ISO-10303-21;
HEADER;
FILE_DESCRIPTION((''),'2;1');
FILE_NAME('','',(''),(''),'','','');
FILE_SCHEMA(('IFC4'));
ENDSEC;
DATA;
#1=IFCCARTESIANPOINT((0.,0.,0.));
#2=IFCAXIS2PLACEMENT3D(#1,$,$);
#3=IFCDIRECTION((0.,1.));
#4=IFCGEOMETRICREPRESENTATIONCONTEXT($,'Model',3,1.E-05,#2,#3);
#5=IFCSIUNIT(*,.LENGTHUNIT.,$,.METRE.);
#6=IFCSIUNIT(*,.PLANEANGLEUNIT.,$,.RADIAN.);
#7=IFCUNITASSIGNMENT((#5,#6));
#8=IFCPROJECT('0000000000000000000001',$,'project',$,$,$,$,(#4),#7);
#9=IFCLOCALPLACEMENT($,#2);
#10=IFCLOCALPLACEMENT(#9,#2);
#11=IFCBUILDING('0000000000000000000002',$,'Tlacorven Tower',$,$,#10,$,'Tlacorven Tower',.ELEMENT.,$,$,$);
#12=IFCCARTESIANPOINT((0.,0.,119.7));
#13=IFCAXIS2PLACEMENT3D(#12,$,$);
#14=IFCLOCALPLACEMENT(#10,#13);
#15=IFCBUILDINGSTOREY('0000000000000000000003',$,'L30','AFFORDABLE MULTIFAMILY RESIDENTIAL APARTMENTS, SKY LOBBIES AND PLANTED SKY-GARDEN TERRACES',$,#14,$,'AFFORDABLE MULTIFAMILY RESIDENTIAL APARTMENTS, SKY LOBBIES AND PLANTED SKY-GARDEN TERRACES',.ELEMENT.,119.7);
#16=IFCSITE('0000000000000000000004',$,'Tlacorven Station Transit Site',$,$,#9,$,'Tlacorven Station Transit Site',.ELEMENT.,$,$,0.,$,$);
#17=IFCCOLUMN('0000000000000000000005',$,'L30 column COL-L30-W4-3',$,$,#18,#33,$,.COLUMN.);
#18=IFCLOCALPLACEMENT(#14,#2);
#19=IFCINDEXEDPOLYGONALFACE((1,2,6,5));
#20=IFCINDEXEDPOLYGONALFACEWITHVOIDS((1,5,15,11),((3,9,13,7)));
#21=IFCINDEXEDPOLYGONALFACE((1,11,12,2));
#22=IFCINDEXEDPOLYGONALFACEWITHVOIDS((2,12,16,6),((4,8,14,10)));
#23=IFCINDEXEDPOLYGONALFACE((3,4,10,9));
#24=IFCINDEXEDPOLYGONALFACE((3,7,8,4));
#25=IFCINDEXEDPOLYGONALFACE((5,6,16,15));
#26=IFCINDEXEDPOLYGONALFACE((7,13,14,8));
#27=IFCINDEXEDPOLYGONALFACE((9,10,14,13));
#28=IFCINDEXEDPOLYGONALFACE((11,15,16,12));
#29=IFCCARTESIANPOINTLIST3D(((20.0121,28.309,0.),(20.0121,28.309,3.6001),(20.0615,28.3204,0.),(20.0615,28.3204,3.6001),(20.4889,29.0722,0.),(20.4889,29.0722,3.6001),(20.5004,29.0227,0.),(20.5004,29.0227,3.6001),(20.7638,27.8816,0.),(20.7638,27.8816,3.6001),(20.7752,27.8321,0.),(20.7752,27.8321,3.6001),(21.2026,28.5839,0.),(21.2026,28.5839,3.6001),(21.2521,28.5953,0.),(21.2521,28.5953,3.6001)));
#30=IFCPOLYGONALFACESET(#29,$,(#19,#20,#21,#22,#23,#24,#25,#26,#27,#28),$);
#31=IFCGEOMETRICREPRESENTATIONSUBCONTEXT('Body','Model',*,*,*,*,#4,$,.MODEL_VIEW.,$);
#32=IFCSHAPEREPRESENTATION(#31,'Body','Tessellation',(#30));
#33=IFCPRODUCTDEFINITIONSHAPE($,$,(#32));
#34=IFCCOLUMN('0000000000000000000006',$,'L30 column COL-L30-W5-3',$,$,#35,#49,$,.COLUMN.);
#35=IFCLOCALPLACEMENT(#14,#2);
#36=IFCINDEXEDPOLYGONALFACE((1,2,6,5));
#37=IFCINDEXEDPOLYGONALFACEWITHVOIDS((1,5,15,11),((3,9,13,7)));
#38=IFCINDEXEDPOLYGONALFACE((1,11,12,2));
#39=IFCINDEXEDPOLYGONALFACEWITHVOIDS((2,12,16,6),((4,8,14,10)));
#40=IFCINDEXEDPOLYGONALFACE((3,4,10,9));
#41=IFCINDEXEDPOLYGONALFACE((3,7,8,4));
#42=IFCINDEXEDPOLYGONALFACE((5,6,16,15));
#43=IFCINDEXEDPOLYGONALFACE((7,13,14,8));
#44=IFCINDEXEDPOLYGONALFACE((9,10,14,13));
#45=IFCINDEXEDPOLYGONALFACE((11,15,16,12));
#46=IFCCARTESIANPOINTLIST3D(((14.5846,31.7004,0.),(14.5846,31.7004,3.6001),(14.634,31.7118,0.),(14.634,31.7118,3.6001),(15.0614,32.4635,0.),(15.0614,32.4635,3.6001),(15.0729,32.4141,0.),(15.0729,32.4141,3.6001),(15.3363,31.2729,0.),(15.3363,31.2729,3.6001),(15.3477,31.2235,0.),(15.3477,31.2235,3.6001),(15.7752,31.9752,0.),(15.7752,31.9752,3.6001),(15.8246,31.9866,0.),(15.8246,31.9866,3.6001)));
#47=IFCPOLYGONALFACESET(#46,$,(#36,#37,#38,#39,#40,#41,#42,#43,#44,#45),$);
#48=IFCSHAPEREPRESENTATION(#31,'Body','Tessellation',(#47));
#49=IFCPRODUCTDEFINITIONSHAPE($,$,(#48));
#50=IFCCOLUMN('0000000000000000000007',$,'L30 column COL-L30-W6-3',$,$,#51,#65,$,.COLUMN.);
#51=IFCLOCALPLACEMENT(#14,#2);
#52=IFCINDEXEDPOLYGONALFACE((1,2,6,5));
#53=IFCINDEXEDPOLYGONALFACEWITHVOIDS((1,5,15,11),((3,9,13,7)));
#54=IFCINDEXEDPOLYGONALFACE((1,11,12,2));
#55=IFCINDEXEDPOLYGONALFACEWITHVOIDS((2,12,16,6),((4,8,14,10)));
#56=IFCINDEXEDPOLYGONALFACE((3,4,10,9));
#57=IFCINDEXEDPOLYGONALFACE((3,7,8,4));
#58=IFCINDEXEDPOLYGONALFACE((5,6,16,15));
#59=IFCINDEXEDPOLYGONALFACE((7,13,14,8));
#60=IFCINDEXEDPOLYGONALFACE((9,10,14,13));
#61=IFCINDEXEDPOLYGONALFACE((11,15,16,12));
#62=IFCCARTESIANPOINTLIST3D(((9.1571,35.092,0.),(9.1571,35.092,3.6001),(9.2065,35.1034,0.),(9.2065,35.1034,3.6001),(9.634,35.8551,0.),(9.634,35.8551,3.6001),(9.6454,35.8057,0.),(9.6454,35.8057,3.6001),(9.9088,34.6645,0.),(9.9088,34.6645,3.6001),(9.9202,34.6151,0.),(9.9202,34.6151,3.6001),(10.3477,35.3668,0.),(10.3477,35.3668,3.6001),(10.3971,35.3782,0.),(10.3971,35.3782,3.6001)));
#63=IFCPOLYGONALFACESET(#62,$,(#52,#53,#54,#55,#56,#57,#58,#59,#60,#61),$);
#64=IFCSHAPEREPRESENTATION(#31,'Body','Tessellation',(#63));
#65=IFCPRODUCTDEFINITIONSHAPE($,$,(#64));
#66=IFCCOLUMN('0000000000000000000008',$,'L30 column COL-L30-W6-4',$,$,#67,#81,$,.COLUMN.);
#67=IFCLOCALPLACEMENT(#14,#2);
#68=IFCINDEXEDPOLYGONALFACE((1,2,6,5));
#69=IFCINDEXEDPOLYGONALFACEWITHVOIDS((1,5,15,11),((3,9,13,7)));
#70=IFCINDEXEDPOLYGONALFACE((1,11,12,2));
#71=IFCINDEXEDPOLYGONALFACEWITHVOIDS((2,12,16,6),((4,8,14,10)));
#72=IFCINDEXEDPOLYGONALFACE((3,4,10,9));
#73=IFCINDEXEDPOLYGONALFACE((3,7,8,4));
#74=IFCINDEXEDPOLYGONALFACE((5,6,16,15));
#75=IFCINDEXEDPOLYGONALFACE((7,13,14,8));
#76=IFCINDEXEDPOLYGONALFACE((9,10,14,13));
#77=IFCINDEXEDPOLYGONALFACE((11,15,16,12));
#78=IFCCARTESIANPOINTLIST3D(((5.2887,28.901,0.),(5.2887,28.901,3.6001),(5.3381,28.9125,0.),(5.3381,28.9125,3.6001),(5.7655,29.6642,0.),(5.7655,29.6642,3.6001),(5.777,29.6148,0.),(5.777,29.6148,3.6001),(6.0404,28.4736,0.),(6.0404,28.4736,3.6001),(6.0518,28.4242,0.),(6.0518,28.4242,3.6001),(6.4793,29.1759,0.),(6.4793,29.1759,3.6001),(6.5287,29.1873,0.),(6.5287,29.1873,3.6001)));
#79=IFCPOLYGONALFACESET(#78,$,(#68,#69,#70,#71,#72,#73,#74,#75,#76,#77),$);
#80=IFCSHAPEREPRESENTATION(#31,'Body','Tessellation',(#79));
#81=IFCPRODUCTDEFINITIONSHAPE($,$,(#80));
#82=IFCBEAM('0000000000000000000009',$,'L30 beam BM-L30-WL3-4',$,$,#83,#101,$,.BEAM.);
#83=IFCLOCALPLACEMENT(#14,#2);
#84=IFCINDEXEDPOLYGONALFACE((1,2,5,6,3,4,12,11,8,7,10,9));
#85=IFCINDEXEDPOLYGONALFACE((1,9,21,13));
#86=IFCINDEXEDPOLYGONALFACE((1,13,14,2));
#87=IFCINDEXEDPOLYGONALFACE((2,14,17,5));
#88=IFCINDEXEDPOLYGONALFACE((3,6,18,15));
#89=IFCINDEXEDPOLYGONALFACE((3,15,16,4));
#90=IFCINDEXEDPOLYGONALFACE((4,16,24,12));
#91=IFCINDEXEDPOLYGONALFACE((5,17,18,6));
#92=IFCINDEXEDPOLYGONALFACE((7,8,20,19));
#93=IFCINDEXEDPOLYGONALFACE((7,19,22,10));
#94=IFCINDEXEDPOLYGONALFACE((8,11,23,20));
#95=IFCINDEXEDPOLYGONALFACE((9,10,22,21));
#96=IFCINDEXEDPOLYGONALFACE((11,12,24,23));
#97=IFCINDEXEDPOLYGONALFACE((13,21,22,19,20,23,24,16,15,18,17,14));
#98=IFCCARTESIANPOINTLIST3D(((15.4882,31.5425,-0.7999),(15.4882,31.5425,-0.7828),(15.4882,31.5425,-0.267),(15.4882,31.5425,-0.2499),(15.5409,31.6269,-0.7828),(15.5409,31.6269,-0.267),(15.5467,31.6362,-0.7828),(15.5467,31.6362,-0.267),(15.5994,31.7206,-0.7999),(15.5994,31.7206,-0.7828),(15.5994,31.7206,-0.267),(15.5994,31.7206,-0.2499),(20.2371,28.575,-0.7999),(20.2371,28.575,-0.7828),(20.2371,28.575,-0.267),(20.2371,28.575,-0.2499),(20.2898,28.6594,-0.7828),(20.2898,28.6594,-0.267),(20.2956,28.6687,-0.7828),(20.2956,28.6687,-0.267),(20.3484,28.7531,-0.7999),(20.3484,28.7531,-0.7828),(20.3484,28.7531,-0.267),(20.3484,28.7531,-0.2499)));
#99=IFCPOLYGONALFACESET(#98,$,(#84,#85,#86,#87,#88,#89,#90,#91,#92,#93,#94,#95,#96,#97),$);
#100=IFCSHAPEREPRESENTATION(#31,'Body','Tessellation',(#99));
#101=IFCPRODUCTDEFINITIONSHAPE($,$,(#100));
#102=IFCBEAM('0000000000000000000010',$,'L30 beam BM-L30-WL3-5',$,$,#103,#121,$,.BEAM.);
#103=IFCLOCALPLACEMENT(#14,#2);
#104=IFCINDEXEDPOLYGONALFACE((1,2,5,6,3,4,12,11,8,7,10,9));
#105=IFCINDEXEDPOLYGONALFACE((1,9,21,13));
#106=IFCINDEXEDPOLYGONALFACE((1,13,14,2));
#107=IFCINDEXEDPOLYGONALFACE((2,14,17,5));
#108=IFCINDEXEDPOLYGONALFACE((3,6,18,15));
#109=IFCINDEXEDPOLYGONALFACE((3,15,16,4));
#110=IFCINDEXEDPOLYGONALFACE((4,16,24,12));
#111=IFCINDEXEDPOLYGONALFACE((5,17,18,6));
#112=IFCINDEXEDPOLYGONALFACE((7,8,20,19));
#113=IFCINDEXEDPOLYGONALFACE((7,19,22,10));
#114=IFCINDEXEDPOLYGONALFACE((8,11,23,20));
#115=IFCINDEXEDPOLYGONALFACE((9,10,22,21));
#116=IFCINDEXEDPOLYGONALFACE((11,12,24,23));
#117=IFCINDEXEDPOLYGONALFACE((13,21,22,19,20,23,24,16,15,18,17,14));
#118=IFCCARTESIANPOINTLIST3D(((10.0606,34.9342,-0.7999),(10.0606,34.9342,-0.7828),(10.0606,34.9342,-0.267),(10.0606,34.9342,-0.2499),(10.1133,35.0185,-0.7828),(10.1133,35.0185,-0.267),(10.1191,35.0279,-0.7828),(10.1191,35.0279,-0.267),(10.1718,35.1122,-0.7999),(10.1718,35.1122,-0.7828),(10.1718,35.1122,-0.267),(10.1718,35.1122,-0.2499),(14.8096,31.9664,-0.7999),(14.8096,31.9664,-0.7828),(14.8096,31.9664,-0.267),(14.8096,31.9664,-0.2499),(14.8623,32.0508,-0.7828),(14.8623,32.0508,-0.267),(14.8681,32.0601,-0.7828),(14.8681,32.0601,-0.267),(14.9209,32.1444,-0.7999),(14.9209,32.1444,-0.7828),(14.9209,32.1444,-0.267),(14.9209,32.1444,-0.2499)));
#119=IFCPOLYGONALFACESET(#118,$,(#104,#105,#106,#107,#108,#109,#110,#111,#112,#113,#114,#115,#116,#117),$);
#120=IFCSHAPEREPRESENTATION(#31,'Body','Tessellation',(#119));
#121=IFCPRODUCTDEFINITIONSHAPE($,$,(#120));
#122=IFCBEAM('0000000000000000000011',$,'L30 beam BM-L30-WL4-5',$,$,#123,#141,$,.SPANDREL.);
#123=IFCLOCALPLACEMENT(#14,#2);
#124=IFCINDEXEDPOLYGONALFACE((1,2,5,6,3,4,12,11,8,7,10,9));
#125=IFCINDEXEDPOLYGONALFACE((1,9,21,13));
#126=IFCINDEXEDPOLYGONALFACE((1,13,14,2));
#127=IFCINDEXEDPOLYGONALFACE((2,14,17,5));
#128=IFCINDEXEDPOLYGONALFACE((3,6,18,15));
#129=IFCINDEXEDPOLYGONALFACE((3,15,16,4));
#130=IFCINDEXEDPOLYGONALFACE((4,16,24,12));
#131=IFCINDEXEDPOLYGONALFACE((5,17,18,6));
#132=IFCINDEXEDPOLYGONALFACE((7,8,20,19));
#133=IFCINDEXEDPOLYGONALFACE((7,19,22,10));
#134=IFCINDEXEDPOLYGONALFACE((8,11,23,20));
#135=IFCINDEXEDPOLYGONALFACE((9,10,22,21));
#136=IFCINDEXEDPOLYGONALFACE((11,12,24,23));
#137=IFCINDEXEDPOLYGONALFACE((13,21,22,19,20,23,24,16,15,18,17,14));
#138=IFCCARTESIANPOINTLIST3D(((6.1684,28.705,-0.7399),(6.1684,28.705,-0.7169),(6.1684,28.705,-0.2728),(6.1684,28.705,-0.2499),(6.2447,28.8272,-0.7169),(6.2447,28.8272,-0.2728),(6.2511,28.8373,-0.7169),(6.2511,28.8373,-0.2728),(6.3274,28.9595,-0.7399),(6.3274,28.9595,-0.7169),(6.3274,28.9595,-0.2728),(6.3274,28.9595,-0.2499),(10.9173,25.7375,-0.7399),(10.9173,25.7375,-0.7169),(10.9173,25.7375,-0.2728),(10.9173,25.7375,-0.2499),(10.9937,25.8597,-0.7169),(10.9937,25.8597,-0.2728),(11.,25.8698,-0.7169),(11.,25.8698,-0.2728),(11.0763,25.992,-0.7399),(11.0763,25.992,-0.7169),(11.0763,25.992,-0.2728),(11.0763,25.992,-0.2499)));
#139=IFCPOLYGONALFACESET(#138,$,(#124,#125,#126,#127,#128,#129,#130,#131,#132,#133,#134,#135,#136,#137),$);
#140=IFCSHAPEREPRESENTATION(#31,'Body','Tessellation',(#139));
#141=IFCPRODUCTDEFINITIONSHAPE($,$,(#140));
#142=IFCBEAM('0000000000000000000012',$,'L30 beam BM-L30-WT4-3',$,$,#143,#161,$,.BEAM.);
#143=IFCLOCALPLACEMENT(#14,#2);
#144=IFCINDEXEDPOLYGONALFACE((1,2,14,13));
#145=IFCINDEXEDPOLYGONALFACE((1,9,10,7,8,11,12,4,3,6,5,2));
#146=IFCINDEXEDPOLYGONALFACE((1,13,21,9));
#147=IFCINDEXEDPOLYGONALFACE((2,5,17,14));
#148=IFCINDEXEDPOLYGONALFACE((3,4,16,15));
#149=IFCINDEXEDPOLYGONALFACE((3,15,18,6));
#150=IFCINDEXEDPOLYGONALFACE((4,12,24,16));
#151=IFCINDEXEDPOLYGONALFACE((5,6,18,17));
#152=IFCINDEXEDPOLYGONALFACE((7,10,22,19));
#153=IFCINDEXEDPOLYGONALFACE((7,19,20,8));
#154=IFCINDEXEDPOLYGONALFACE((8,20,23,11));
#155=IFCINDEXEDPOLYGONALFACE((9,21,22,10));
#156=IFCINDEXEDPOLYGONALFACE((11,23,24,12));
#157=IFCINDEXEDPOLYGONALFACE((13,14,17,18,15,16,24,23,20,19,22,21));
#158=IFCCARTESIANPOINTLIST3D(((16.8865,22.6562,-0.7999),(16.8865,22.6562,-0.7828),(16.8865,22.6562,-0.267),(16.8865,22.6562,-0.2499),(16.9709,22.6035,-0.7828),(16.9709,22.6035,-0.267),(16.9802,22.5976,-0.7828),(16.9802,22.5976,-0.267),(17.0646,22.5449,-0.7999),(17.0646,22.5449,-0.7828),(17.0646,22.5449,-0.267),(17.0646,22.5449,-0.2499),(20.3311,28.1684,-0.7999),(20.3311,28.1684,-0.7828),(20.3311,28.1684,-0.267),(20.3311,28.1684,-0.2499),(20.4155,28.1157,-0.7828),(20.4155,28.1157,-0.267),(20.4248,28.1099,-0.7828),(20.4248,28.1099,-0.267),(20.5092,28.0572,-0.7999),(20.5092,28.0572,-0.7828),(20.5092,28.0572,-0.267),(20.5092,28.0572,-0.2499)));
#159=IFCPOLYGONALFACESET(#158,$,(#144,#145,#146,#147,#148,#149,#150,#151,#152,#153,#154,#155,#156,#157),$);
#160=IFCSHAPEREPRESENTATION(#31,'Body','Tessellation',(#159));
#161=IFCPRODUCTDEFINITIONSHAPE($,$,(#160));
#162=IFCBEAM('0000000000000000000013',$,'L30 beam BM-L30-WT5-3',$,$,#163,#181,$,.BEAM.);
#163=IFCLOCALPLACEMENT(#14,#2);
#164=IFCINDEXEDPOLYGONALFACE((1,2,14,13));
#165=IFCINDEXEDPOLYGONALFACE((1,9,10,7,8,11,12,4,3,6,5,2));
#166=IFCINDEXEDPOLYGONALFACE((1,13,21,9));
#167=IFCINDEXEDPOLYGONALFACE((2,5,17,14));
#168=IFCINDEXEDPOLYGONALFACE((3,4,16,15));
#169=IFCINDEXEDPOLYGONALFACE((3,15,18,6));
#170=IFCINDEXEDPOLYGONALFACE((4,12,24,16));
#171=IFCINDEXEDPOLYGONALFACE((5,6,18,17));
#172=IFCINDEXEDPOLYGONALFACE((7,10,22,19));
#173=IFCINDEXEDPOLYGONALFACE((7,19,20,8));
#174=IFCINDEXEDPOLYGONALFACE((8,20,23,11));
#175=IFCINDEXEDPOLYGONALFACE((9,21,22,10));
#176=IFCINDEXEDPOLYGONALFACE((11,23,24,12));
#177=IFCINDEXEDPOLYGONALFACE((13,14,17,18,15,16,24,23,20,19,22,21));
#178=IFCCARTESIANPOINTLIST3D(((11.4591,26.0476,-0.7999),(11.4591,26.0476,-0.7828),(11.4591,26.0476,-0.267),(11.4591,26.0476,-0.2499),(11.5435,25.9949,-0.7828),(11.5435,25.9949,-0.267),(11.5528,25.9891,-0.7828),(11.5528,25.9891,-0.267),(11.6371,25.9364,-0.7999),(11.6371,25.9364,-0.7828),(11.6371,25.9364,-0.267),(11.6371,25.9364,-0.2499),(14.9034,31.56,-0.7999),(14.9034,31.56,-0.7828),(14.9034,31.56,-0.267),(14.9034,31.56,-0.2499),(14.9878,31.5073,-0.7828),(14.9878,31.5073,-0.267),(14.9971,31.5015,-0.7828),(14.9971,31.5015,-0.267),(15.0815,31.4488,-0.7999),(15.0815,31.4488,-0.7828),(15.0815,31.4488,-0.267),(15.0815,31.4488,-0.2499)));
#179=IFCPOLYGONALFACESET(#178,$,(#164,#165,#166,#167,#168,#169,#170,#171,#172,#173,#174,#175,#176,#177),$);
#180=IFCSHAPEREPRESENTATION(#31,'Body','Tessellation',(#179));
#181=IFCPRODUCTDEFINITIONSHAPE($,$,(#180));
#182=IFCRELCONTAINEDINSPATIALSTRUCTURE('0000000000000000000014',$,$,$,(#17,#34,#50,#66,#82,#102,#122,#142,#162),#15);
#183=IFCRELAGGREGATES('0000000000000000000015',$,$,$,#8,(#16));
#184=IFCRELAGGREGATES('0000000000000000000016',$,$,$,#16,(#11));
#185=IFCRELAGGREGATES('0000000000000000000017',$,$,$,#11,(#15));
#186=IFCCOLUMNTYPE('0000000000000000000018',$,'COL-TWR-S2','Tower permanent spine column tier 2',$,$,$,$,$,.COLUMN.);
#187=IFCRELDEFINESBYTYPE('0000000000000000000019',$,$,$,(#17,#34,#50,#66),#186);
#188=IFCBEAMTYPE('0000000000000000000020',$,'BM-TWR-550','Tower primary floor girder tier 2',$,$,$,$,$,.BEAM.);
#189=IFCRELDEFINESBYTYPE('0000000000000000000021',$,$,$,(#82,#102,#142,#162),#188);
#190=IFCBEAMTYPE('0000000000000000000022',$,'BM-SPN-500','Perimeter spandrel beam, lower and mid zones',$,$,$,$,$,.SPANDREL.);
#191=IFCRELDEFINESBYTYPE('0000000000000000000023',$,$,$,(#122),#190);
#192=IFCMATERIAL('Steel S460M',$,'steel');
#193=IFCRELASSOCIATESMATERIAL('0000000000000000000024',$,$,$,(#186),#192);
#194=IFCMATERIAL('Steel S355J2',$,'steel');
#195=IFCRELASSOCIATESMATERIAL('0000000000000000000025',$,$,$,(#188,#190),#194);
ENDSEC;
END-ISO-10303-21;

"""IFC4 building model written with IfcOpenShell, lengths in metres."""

from ifc_helpers import new_model, si_unit, direction, frame, origin, origin_2d, place, context, subcontext, project, spatial, hollow_rectangle, i_section, extrude, source, transform, mapped, material, material_profile, profile_set, type_object, element, save


model = new_model("IFC4")

# Units and contexts
model_context = context("Model", 3, precision=1e-05, world=origin(), true_north=direction((0.0, 1.0)))
body_context = subcontext(model_context, "Body", "Model", "MODEL_VIEW")
ifc_project = project(units=[si_unit("LENGTHUNIT", "METRE"), si_unit("PLANEANGLEUNIT", "RADIAN")], contexts=[model_context])

# Site, building, storey
site_placement = place(None, origin())
site = spatial("IfcSite", under=ifc_project, at=site_placement, Name="Tlacorven Station Transit Site", LongName="Tlacorven Station Transit Site", CompositionType="ELEMENT", RefElevation=0.0)
building_placement = place(site_placement, origin())
building = spatial("IfcBuilding", under=site, at=building_placement, Name="Tlacorven Tower", LongName="Tlacorven Tower", CompositionType="ELEMENT")
storey_placement = place(building_placement, frame((0.0, 0.0, 119.7)))
storey = spatial("IfcBuildingStorey", under=building, at=storey_placement, Name="L30", Description="AFFORDABLE MULTIFAMILY RESIDENTIAL APARTMENTS, SKY LOBBIES AND PLANTED SKY-GARDEN TERRACES", LongName="AFFORDABLE MULTIFAMILY RESIDENTIAL APARTMENTS, SKY LOBBIES AND PLANTED SKY-GARDEN TERRACES", CompositionType="ELEMENT", Elevation=119.7)

# Columns
ifc_material_1 = material(Name="Steel S460M", Category="steel")
ifc_material_profile_1 = material_profile(ifc_material_1, hollow_rectangle(XDim=0.8999, YDim=0.8999, WallThickness=0.0359, at=origin_2d()), Name="BOX 900X900X36")
ifc_profile_set_1 = profile_set([ifc_material_profile_1], Name="Steel S460M")
column_type = type_object("IfcColumnType", Name="COL-TWR-S2", Description="Tower permanent spine column tier 2", PredefinedType="COLUMN", material=ifc_profile_set_1)
shared_shape_1 = source(origin(), body_context, "Body", "SweptSolid", [
    extrude(hollow_rectangle(XDim=0.8999, YDim=0.8999, WallThickness=0.0359, at=origin_2d()), origin(), (0.0, 0.0, 1.0), 3.6001),
])
for number, where, z_axis, x_axis, name in (
    (1, (20.6321, 28.4521, 0.0), (0.0, 0.0, 1.0), (-0.848048, 0.529919, 0.0), "L30 column COL-L30-W4-3"),
    (2, (15.2046, 31.8435, 0.0), (0.0, 0.0, 1.0), (-0.848048, 0.529919, 0.0), "L30 column COL-L30-W5-3"),
    (3, (9.7771, 35.2351, 0.0), (0.0, 0.0, 1.0), (-0.848048, 0.529919, 0.0), "L30 column COL-L30-W6-3"),
    (4, (5.9087, 29.0442, 0.0), (0.0, 0.0, 1.0), (-0.848048, 0.529919, 0.0), "L30 column COL-L30-W6-4"),
):
    element("IfcColumn", number, at=place(storey_placement, frame(where, z_axis=z_axis, x_axis=x_axis)), inside=storey, type_object=column_type, Name=name, PredefinedType="COLUMN", context=body_context, shape_type="MappedRepresentation", body=[
        mapped(shared_shape_1, transform((0.0, 0.0, 0.0), scale=1.0)),
    ])

# Beams
ifc_material_2 = material(Name="Steel S355J2", Category="steel")
ifc_material_profile_2 = material_profile(ifc_material_2, i_section(OverallWidth=0.21, OverallDepth=0.55, WebThickness=0.011, FlangeThickness=0.0171, at=origin_2d()), Name="IPE 550")
ifc_profile_set_2 = profile_set([ifc_material_profile_2], Name="Steel S355J2")
beam_type_1 = type_object("IfcBeamType", Name="BM-TWR-550", Description="Tower primary floor girder tier 2", PredefinedType="BEAM", material=ifc_profile_set_2)
shared_shape_2 = source(origin(), body_context, "Body", "SweptSolid", [
    extrude(i_section(OverallWidth=0.21, OverallDepth=0.55, WebThickness=0.011, FlangeThickness=0.0171, at=origin_2d()), origin(), (0.0, 0.0, 1.0), 5.5999),
])
beam_1_placement = place(storey_placement, frame((20.2927, 28.6641, -0.5249), z_axis=(-0.848047, 0.529921, 0.0), x_axis=(-0.529921, -0.848047, 0.0)))
element("IfcBeam", 5, at=beam_1_placement, inside=storey, type_object=beam_type_1, Name="L30 beam BM-L30-WL3-4", PredefinedType="BEAM", context=body_context, shape_type="MappedRepresentation", body=[
    mapped(shared_shape_2, transform((0.0, 0.0, 0.0), scale=1.0)),
])
shared_shape_3 = source(origin(), body_context, "Body", "SweptSolid", [
    extrude(i_section(OverallWidth=0.21, OverallDepth=0.55, WebThickness=0.011, FlangeThickness=0.0171, at=origin_2d()), origin(), (0.0, 0.0, 1.0), 5.6001),
])
beam_2_placement = place(storey_placement, frame((14.8652, 32.0554, -0.5249), z_axis=(-0.848028, 0.529952, 0.0), x_axis=(-0.529952, -0.848028, 0.0)))
element("IfcBeam", 6, at=beam_2_placement, inside=storey, type_object=beam_type_1, Name="L30 beam BM-L30-WL3-5", PredefinedType="BEAM", context=body_context, shape_type="MappedRepresentation", body=[
    mapped(shared_shape_3, transform((0.0, 0.0, 0.0), scale=1.0)),
])
ifc_material_profile_3 = material_profile(ifc_material_2, i_section(OverallWidth=0.3, OverallDepth=0.49, WebThickness=0.012, FlangeThickness=0.0229, at=origin_2d()), Name="HEA 500")
ifc_profile_set_3 = profile_set([ifc_material_profile_3], Name="Steel S355J2")
beam_type_2 = type_object("IfcBeamType", Name="BM-SPN-500", Description="Perimeter spandrel beam, lower and mid zones", PredefinedType="SPANDREL", material=ifc_profile_set_3)
shared_shape_4 = source(origin(), body_context, "Body", "SweptSolid", [
    extrude(i_section(OverallWidth=0.3, OverallDepth=0.49, WebThickness=0.012, FlangeThickness=0.0229, at=origin_2d()), origin(), (0.0, 0.0, 1.0), 5.5999),
])
beam_3_placement = place(storey_placement, frame((10.9968, 25.8647, -0.4949), z_axis=(-0.848047, 0.529921, 0.0), x_axis=(-0.529921, -0.848047, 0.0)))
element("IfcBeam", 7, at=beam_3_placement, inside=storey, type_object=beam_type_2, Name="L30 beam BM-L30-WL4-5", PredefinedType="SPANDREL", context=body_context, shape_type="MappedRepresentation", body=[
    mapped(shared_shape_4, transform((0.0, 0.0, 0.0), scale=1.0)),
])
shared_shape_5 = source(origin(), body_context, "Body", "SweptSolid", [
    extrude(i_section(OverallWidth=0.21, OverallDepth=0.55, WebThickness=0.011, FlangeThickness=0.0171, at=origin_2d()), origin(), (0.0, 0.0, 1.0), 6.5),
])
for number, where, z_axis, x_axis, name in (
    (8, (20.4202, 28.1128, -0.5249), (-0.529938, -0.848036, 0.0), (0.848036, -0.529938, 0.0), "L30 beam BM-L30-WT4-3"),
    (9, (14.9924, 31.5044, -0.5249), (-0.529894, -0.848064, 0.0), (0.848064, -0.529894, 0.0), "L30 beam BM-L30-WT5-3"),
):
    element("IfcBeam", number, at=place(storey_placement, frame(where, z_axis=z_axis, x_axis=x_axis)), inside=storey, type_object=beam_type_1, Name=name, PredefinedType="BEAM", context=body_context, shape_type="MappedRepresentation", body=[
        mapped(shared_shape_5, transform((0.0, 0.0, 0.0), scale=1.0)),
    ])

save(model, "model.ifc")
